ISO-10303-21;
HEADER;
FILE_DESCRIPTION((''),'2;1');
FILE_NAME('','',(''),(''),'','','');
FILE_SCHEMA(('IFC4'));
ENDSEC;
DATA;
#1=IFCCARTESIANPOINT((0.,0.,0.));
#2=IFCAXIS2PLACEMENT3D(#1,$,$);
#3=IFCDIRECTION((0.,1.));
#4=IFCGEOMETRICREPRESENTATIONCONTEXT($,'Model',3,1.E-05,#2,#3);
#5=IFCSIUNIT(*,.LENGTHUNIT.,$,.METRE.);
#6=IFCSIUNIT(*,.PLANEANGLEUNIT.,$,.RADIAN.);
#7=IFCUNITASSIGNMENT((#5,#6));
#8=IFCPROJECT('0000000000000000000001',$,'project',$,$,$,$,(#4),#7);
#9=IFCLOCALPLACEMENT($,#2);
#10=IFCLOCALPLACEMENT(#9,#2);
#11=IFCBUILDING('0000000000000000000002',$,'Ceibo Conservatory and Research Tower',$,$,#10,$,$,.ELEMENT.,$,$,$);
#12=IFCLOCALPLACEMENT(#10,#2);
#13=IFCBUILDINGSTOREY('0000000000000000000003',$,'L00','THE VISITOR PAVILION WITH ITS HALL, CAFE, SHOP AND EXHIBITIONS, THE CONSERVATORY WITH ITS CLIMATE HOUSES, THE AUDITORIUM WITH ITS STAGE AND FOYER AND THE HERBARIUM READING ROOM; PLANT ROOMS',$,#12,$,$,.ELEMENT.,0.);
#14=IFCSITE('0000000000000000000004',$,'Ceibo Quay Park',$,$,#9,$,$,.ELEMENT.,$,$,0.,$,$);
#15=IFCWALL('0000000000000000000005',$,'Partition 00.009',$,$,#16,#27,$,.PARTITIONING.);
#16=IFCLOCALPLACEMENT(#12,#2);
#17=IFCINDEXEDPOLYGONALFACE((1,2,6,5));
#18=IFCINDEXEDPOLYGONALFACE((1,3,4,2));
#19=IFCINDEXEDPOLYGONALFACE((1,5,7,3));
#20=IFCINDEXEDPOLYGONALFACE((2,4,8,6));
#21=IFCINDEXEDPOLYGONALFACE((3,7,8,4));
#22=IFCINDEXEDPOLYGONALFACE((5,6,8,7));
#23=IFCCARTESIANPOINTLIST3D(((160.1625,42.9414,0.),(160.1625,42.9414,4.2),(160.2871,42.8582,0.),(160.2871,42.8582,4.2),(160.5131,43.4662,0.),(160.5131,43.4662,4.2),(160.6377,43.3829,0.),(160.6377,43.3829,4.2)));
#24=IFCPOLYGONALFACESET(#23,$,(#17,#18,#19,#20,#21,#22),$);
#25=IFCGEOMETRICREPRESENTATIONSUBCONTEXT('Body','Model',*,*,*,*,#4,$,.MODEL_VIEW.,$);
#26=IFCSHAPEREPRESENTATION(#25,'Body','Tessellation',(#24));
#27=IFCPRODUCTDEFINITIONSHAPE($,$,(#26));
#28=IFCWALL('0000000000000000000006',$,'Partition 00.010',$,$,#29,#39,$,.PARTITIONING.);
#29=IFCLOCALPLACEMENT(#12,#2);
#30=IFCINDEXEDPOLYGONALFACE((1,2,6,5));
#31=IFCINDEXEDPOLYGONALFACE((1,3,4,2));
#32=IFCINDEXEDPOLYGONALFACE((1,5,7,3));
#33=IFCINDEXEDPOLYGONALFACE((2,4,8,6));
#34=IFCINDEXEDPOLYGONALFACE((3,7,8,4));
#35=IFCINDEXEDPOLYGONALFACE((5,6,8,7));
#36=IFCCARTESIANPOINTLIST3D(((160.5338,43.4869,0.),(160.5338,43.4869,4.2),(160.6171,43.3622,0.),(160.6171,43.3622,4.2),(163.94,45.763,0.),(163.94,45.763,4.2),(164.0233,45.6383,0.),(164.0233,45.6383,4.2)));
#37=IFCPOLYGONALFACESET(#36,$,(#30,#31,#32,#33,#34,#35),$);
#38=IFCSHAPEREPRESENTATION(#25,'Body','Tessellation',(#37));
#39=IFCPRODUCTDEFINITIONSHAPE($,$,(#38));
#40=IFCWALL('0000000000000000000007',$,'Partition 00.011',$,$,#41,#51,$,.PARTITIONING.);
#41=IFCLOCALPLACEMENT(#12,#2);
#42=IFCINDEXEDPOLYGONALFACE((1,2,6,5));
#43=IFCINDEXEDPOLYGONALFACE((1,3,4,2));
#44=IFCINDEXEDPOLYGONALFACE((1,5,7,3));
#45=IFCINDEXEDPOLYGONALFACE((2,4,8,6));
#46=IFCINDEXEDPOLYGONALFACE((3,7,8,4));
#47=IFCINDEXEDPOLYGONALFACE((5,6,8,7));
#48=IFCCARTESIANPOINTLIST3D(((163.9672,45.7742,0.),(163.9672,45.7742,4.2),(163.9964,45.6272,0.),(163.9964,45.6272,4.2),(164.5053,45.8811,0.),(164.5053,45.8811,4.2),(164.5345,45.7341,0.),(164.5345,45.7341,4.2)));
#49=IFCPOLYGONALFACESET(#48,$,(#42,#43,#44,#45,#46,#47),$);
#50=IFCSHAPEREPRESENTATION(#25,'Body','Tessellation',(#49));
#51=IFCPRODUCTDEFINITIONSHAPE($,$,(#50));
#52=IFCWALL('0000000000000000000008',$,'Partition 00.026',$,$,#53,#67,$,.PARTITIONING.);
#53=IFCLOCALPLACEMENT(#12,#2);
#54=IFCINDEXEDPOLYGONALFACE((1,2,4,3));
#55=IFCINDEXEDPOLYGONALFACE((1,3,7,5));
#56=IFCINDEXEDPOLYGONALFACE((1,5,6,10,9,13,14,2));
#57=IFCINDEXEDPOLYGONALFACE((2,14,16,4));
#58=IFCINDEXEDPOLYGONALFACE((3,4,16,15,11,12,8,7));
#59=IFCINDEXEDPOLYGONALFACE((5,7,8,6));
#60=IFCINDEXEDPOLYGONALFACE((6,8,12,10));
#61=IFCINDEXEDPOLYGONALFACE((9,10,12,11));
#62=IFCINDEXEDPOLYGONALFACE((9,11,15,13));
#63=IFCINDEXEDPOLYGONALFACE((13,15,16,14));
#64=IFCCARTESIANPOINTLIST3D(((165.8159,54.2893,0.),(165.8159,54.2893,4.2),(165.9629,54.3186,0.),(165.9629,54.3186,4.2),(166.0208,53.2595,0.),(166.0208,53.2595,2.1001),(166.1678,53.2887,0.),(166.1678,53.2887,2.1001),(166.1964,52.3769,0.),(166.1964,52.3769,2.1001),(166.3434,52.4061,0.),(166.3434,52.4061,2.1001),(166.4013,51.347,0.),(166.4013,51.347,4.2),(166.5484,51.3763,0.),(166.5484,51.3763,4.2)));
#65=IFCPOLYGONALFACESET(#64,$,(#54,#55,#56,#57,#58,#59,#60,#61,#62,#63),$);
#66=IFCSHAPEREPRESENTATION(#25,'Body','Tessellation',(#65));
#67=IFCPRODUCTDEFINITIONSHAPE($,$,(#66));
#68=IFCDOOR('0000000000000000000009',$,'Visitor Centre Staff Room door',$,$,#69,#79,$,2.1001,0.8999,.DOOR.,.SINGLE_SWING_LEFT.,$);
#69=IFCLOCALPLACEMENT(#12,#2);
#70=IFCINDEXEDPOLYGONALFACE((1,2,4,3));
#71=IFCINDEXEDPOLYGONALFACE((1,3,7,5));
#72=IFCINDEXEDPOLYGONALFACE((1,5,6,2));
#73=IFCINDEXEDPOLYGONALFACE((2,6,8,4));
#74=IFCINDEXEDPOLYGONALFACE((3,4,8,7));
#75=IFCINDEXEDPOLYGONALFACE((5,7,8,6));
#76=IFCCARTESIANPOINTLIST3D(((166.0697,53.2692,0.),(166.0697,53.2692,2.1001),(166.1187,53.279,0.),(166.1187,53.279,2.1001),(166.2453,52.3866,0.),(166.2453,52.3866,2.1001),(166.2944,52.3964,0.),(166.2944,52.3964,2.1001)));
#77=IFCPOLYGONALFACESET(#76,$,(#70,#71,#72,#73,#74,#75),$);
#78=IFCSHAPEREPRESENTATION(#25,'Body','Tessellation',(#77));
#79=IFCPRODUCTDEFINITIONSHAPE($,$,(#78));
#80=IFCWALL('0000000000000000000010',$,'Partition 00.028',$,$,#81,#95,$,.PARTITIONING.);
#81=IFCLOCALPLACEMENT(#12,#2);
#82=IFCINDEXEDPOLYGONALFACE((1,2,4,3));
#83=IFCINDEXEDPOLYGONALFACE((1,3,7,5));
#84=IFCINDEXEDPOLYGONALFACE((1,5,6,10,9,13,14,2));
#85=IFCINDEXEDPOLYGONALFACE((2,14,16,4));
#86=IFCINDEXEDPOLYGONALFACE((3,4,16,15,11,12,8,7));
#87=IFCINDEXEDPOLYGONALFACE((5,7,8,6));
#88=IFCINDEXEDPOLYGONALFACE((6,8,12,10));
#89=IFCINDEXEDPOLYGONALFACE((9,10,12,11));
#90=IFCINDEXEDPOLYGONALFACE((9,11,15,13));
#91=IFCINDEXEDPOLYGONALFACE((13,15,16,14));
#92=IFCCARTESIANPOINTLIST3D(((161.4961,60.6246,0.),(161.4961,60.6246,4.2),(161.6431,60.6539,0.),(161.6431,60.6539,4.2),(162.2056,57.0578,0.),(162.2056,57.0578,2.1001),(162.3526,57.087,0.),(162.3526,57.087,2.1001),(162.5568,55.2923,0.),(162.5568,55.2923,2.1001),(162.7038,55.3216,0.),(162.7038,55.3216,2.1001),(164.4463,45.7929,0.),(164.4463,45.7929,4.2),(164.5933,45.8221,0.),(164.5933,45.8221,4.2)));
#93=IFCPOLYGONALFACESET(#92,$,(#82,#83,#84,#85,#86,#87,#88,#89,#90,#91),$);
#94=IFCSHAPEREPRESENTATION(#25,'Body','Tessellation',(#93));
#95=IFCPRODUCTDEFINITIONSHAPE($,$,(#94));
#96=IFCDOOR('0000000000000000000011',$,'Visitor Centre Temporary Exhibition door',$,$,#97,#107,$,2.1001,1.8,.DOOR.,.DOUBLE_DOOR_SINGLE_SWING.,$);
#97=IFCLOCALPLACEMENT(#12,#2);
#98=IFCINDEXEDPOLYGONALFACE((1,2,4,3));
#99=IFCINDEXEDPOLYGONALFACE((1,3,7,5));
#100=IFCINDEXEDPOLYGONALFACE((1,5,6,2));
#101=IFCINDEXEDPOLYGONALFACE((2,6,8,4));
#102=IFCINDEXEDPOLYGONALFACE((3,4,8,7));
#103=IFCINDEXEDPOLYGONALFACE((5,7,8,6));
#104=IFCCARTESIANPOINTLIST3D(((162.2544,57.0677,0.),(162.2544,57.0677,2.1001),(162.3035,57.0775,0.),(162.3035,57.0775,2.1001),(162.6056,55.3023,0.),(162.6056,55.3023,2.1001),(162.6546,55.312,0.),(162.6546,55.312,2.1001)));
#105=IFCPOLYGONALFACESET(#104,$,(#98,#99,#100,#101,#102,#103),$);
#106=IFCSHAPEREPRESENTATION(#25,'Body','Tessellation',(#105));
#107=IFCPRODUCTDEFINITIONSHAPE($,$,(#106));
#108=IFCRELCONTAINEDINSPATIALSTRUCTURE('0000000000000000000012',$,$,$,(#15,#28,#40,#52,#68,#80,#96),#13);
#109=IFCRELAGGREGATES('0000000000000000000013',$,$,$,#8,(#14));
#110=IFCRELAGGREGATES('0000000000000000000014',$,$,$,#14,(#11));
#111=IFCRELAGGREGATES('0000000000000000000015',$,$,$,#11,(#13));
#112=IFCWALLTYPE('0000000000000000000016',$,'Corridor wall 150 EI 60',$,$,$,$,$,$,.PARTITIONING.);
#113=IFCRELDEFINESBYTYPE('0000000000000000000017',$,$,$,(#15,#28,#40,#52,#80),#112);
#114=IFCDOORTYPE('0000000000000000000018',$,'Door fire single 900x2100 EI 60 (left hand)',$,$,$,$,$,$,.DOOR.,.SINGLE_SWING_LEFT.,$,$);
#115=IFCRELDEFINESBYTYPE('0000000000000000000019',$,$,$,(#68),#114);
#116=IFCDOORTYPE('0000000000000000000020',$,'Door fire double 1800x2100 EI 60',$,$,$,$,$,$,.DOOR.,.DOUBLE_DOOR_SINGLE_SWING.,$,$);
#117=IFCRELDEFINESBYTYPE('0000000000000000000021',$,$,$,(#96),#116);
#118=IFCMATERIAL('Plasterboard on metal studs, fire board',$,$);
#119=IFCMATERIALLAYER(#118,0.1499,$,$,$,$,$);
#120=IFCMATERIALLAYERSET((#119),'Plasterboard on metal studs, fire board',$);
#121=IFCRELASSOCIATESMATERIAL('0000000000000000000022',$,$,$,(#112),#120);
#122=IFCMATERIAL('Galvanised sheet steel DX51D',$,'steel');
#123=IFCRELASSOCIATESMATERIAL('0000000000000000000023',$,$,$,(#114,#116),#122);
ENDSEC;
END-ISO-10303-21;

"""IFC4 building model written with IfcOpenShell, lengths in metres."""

from ifc_helpers import new_model, si_unit, direction, frame, frame_2d, origin, place, context, subcontext, project, spatial, rectangle, extrude, material, layer, layer_set, type_object, element, fill, save


model = new_model("IFC4")

# Units and contexts
model_context = context("Model", 3, precision=1e-05, world=origin(), true_north=direction((0.0, 1.0)))
body_context = subcontext(model_context, "Body", "Model", "MODEL_VIEW")
ifc_project = project(units=[si_unit("LENGTHUNIT", "METRE"), si_unit("PLANEANGLEUNIT", "RADIAN")], contexts=[model_context])

# Site, building, storey
site_placement = place(None, origin())
site = spatial("IfcSite", under=ifc_project, at=site_placement, Name="Ceibo Quay Park", CompositionType="ELEMENT", RefElevation=0.0)
building_placement = place(site_placement, origin())
building = spatial("IfcBuilding", under=site, at=building_placement, Name="Ceibo Conservatory and Research Tower", CompositionType="ELEMENT")
storey_placement = place(building_placement, origin())
storey = spatial("IfcBuildingStorey", under=building, at=storey_placement, Name="L00", Description="THE VISITOR PAVILION WITH ITS HALL, CAFE, SHOP AND EXHIBITIONS, THE CONSERVATORY WITH ITS CLIMATE HOUSES, THE AUDITORIUM WITH ITS STAGE AND FOYER AND THE HERBARIUM READING ROOM; PLANT ROOMS", CompositionType="ELEMENT", Elevation=0.0)

# Walls
ifc_material_1 = material(Name="Plasterboard on metal studs, fire board")
ifc_layer_1 = layer(ifc_material_1, 0.1499)
ifc_layer_set_1 = layer_set([ifc_layer_1], Name="Plasterboard on metal studs, fire board")
wall_type = type_object("IfcWallType", Name="Corridor wall 150 EI 60", PredefinedType="PARTITIONING", material=ifc_layer_set_1)
wall_1_placement = place(storey_placement, frame((160.2249, 42.8999, 0.0), z_axis=(0.0, 0.0, 1.0), x_axis=(0.555593, 0.831455, 0.0)))
element("IfcWall", 1, at=wall_1_placement, inside=storey, type_object=wall_type, Name="Partition 00.009", PredefinedType="PARTITIONING", context=body_context, shape_type="SweptSolid", body=[
    extrude(rectangle(XDim=0.6311, YDim=0.1499, at=frame_2d((0.3154, 0.0))), origin(), (0.0, 0.0, 1.0), 4.2),
])
wall_2_placement = place(storey_placement, frame((160.5754, 43.4246, 0.0), z_axis=(0.0, 0.0, 1.0), x_axis=(0.831454, 0.555594, 0.0)))
element("IfcWall", 2, at=wall_2_placement, inside=storey, type_object=wall_type, Name="Partition 00.010", PredefinedType="PARTITIONING", context=body_context, shape_type="SweptSolid", body=[
    extrude(rectangle(XDim=4.0967, YDim=0.1499, at=frame_2d((2.0483, 0.0))), origin(), (0.0, 0.0, 1.0), 4.2),
])
wall_3_placement = place(storey_placement, frame((163.9817, 45.7007, 0.0), z_axis=(0.0, 0.0, 1.0), x_axis=(0.98082, 0.194918, 0.0)))
element("IfcWall", 3, at=wall_3_placement, inside=storey, type_object=wall_type, Name="Partition 00.011", PredefinedType="PARTITIONING", context=body_context, shape_type="SweptSolid", body=[
    extrude(rectangle(XDim=0.5486, YDim=0.1499, at=frame_2d((0.2744, 0.0))), origin(), (0.0, 0.0, 1.0), 4.2),
])

# Walls, openings, doors
wall_4_placement = place(storey_placement, frame((165.8894, 54.304, 0.0), z_axis=(0.0, 0.0, 1.0), x_axis=(0.195146, -0.980774, 0.0)))
wall_4 = element("IfcWall", 4, at=wall_4_placement, inside=storey, type_object=wall_type, Name="Partition 00.026", PredefinedType="PARTITIONING", context=body_context, shape_type="SweptSolid", body=[
    extrude(rectangle(XDim=3.0, YDim=0.1499, at=frame_2d((1.5, 0.0))), origin(), (0.0, 0.0, 1.0), 4.2),
])
opening_1_placement = place(wall_4_placement, frame((1.05, 0.0, 0.0)))
opening_1 = element("IfcOpeningElement", 5, at=opening_1_placement, cuts=wall_4, PredefinedType="OPENING", context=body_context, shape_type="SweptSolid", body=[
    extrude(rectangle(XDim=0.8999, YDim=2.1001, at=frame_2d((0.45, 1.05))), frame((0.0, 0.085, 0.0), z_axis=(0.0, -1.0, 0.0), x_axis=(1.0, 0.0, 0.0)), (0.0, 0.0, 1.0), 0.1699),
])
ifc_material_2 = material(Name="Galvanised sheet steel DX51D", Category="steel")
door_type_1 = type_object("IfcDoorType", Name="Door fire single 900x2100 EI 60 (left hand)", OperationType="SINGLE_SWING_LEFT", PredefinedType="DOOR", material=ifc_material_2)
door_1_placement = place(opening_1_placement, origin())
door_1 = element("IfcDoor", 6, at=door_1_placement, inside=storey, type_object=door_type_1, Name="Visitor Centre Staff Room door", OperationType="SINGLE_SWING_LEFT", OverallHeight=2.1001, OverallWidth=0.8999, PredefinedType="DOOR", context=body_context, shape_type="SweptSolid", body=[
    extrude(rectangle(XDim=0.8999, YDim=2.1001, at=frame_2d((0.45, 1.05))), frame((0.0, 0.0249, 0.0), z_axis=(0.0, -1.0, 0.0), x_axis=(1.0, 0.0, 0.0)), (0.0, 0.0, 1.0), 0.05),
])
fill(opening_1, door_1)
wall_5_placement = place(storey_placement, frame((164.5198, 45.8076, 0.0), z_axis=(0.0, 0.0, 1.0), x_axis=(-0.195088, 0.980786, 0.0)))
wall_5 = element("IfcWall", 7, at=wall_5_placement, inside=storey, type_object=wall_type, Name="Partition 00.028", PredefinedType="PARTITIONING", context=body_context, shape_type="SweptSolid", body=[
    extrude(rectangle(XDim=15.1223, YDim=0.1499, at=frame_2d((7.561, 0.0))), origin(), (0.0, 0.0, 1.0), 4.2),
])
opening_2_placement = place(wall_5_placement, frame((9.6855, 0.0, 0.0)))
opening_2 = element("IfcOpeningElement", 8, at=opening_2_placement, cuts=wall_5, PredefinedType="OPENING", context=body_context, shape_type="SweptSolid", body=[
    extrude(rectangle(XDim=1.8, YDim=2.1001, at=frame_2d((0.8999, 1.05))), frame((0.0, 0.085, 0.0), z_axis=(0.0, -1.0, 0.0), x_axis=(1.0, 0.0, 0.0)), (0.0, 0.0, 1.0), 0.1699),
])
door_type_2 = type_object("IfcDoorType", Name="Door fire double 1800x2100 EI 60", OperationType="DOUBLE_DOOR_SINGLE_SWING", PredefinedType="DOOR", material=ifc_material_2)
door_2_placement = place(opening_2_placement, frame((1.8, 0.0, 0.0), z_axis=(0.0, 0.0, 1.0), x_axis=(-1.0, 0.0, 0.0)))
door_2 = element("IfcDoor", 9, at=door_2_placement, inside=storey, type_object=door_type_2, Name="Visitor Centre Temporary Exhibition door", OperationType="DOUBLE_DOOR_SINGLE_SWING", OverallHeight=2.1001, OverallWidth=1.8, PredefinedType="DOOR", context=body_context, shape_type="SweptSolid", body=[
    extrude(rectangle(XDim=1.8, YDim=2.1001, at=frame_2d((0.8999, 1.05))), frame((0.0, 0.0249, 0.0), z_axis=(0.0, -1.0, 0.0), x_axis=(1.0, 0.0, 0.0)), (0.0, 0.0, 1.0), 0.05),
])
fill(opening_2, door_2)

save(model, "model.ifc")
